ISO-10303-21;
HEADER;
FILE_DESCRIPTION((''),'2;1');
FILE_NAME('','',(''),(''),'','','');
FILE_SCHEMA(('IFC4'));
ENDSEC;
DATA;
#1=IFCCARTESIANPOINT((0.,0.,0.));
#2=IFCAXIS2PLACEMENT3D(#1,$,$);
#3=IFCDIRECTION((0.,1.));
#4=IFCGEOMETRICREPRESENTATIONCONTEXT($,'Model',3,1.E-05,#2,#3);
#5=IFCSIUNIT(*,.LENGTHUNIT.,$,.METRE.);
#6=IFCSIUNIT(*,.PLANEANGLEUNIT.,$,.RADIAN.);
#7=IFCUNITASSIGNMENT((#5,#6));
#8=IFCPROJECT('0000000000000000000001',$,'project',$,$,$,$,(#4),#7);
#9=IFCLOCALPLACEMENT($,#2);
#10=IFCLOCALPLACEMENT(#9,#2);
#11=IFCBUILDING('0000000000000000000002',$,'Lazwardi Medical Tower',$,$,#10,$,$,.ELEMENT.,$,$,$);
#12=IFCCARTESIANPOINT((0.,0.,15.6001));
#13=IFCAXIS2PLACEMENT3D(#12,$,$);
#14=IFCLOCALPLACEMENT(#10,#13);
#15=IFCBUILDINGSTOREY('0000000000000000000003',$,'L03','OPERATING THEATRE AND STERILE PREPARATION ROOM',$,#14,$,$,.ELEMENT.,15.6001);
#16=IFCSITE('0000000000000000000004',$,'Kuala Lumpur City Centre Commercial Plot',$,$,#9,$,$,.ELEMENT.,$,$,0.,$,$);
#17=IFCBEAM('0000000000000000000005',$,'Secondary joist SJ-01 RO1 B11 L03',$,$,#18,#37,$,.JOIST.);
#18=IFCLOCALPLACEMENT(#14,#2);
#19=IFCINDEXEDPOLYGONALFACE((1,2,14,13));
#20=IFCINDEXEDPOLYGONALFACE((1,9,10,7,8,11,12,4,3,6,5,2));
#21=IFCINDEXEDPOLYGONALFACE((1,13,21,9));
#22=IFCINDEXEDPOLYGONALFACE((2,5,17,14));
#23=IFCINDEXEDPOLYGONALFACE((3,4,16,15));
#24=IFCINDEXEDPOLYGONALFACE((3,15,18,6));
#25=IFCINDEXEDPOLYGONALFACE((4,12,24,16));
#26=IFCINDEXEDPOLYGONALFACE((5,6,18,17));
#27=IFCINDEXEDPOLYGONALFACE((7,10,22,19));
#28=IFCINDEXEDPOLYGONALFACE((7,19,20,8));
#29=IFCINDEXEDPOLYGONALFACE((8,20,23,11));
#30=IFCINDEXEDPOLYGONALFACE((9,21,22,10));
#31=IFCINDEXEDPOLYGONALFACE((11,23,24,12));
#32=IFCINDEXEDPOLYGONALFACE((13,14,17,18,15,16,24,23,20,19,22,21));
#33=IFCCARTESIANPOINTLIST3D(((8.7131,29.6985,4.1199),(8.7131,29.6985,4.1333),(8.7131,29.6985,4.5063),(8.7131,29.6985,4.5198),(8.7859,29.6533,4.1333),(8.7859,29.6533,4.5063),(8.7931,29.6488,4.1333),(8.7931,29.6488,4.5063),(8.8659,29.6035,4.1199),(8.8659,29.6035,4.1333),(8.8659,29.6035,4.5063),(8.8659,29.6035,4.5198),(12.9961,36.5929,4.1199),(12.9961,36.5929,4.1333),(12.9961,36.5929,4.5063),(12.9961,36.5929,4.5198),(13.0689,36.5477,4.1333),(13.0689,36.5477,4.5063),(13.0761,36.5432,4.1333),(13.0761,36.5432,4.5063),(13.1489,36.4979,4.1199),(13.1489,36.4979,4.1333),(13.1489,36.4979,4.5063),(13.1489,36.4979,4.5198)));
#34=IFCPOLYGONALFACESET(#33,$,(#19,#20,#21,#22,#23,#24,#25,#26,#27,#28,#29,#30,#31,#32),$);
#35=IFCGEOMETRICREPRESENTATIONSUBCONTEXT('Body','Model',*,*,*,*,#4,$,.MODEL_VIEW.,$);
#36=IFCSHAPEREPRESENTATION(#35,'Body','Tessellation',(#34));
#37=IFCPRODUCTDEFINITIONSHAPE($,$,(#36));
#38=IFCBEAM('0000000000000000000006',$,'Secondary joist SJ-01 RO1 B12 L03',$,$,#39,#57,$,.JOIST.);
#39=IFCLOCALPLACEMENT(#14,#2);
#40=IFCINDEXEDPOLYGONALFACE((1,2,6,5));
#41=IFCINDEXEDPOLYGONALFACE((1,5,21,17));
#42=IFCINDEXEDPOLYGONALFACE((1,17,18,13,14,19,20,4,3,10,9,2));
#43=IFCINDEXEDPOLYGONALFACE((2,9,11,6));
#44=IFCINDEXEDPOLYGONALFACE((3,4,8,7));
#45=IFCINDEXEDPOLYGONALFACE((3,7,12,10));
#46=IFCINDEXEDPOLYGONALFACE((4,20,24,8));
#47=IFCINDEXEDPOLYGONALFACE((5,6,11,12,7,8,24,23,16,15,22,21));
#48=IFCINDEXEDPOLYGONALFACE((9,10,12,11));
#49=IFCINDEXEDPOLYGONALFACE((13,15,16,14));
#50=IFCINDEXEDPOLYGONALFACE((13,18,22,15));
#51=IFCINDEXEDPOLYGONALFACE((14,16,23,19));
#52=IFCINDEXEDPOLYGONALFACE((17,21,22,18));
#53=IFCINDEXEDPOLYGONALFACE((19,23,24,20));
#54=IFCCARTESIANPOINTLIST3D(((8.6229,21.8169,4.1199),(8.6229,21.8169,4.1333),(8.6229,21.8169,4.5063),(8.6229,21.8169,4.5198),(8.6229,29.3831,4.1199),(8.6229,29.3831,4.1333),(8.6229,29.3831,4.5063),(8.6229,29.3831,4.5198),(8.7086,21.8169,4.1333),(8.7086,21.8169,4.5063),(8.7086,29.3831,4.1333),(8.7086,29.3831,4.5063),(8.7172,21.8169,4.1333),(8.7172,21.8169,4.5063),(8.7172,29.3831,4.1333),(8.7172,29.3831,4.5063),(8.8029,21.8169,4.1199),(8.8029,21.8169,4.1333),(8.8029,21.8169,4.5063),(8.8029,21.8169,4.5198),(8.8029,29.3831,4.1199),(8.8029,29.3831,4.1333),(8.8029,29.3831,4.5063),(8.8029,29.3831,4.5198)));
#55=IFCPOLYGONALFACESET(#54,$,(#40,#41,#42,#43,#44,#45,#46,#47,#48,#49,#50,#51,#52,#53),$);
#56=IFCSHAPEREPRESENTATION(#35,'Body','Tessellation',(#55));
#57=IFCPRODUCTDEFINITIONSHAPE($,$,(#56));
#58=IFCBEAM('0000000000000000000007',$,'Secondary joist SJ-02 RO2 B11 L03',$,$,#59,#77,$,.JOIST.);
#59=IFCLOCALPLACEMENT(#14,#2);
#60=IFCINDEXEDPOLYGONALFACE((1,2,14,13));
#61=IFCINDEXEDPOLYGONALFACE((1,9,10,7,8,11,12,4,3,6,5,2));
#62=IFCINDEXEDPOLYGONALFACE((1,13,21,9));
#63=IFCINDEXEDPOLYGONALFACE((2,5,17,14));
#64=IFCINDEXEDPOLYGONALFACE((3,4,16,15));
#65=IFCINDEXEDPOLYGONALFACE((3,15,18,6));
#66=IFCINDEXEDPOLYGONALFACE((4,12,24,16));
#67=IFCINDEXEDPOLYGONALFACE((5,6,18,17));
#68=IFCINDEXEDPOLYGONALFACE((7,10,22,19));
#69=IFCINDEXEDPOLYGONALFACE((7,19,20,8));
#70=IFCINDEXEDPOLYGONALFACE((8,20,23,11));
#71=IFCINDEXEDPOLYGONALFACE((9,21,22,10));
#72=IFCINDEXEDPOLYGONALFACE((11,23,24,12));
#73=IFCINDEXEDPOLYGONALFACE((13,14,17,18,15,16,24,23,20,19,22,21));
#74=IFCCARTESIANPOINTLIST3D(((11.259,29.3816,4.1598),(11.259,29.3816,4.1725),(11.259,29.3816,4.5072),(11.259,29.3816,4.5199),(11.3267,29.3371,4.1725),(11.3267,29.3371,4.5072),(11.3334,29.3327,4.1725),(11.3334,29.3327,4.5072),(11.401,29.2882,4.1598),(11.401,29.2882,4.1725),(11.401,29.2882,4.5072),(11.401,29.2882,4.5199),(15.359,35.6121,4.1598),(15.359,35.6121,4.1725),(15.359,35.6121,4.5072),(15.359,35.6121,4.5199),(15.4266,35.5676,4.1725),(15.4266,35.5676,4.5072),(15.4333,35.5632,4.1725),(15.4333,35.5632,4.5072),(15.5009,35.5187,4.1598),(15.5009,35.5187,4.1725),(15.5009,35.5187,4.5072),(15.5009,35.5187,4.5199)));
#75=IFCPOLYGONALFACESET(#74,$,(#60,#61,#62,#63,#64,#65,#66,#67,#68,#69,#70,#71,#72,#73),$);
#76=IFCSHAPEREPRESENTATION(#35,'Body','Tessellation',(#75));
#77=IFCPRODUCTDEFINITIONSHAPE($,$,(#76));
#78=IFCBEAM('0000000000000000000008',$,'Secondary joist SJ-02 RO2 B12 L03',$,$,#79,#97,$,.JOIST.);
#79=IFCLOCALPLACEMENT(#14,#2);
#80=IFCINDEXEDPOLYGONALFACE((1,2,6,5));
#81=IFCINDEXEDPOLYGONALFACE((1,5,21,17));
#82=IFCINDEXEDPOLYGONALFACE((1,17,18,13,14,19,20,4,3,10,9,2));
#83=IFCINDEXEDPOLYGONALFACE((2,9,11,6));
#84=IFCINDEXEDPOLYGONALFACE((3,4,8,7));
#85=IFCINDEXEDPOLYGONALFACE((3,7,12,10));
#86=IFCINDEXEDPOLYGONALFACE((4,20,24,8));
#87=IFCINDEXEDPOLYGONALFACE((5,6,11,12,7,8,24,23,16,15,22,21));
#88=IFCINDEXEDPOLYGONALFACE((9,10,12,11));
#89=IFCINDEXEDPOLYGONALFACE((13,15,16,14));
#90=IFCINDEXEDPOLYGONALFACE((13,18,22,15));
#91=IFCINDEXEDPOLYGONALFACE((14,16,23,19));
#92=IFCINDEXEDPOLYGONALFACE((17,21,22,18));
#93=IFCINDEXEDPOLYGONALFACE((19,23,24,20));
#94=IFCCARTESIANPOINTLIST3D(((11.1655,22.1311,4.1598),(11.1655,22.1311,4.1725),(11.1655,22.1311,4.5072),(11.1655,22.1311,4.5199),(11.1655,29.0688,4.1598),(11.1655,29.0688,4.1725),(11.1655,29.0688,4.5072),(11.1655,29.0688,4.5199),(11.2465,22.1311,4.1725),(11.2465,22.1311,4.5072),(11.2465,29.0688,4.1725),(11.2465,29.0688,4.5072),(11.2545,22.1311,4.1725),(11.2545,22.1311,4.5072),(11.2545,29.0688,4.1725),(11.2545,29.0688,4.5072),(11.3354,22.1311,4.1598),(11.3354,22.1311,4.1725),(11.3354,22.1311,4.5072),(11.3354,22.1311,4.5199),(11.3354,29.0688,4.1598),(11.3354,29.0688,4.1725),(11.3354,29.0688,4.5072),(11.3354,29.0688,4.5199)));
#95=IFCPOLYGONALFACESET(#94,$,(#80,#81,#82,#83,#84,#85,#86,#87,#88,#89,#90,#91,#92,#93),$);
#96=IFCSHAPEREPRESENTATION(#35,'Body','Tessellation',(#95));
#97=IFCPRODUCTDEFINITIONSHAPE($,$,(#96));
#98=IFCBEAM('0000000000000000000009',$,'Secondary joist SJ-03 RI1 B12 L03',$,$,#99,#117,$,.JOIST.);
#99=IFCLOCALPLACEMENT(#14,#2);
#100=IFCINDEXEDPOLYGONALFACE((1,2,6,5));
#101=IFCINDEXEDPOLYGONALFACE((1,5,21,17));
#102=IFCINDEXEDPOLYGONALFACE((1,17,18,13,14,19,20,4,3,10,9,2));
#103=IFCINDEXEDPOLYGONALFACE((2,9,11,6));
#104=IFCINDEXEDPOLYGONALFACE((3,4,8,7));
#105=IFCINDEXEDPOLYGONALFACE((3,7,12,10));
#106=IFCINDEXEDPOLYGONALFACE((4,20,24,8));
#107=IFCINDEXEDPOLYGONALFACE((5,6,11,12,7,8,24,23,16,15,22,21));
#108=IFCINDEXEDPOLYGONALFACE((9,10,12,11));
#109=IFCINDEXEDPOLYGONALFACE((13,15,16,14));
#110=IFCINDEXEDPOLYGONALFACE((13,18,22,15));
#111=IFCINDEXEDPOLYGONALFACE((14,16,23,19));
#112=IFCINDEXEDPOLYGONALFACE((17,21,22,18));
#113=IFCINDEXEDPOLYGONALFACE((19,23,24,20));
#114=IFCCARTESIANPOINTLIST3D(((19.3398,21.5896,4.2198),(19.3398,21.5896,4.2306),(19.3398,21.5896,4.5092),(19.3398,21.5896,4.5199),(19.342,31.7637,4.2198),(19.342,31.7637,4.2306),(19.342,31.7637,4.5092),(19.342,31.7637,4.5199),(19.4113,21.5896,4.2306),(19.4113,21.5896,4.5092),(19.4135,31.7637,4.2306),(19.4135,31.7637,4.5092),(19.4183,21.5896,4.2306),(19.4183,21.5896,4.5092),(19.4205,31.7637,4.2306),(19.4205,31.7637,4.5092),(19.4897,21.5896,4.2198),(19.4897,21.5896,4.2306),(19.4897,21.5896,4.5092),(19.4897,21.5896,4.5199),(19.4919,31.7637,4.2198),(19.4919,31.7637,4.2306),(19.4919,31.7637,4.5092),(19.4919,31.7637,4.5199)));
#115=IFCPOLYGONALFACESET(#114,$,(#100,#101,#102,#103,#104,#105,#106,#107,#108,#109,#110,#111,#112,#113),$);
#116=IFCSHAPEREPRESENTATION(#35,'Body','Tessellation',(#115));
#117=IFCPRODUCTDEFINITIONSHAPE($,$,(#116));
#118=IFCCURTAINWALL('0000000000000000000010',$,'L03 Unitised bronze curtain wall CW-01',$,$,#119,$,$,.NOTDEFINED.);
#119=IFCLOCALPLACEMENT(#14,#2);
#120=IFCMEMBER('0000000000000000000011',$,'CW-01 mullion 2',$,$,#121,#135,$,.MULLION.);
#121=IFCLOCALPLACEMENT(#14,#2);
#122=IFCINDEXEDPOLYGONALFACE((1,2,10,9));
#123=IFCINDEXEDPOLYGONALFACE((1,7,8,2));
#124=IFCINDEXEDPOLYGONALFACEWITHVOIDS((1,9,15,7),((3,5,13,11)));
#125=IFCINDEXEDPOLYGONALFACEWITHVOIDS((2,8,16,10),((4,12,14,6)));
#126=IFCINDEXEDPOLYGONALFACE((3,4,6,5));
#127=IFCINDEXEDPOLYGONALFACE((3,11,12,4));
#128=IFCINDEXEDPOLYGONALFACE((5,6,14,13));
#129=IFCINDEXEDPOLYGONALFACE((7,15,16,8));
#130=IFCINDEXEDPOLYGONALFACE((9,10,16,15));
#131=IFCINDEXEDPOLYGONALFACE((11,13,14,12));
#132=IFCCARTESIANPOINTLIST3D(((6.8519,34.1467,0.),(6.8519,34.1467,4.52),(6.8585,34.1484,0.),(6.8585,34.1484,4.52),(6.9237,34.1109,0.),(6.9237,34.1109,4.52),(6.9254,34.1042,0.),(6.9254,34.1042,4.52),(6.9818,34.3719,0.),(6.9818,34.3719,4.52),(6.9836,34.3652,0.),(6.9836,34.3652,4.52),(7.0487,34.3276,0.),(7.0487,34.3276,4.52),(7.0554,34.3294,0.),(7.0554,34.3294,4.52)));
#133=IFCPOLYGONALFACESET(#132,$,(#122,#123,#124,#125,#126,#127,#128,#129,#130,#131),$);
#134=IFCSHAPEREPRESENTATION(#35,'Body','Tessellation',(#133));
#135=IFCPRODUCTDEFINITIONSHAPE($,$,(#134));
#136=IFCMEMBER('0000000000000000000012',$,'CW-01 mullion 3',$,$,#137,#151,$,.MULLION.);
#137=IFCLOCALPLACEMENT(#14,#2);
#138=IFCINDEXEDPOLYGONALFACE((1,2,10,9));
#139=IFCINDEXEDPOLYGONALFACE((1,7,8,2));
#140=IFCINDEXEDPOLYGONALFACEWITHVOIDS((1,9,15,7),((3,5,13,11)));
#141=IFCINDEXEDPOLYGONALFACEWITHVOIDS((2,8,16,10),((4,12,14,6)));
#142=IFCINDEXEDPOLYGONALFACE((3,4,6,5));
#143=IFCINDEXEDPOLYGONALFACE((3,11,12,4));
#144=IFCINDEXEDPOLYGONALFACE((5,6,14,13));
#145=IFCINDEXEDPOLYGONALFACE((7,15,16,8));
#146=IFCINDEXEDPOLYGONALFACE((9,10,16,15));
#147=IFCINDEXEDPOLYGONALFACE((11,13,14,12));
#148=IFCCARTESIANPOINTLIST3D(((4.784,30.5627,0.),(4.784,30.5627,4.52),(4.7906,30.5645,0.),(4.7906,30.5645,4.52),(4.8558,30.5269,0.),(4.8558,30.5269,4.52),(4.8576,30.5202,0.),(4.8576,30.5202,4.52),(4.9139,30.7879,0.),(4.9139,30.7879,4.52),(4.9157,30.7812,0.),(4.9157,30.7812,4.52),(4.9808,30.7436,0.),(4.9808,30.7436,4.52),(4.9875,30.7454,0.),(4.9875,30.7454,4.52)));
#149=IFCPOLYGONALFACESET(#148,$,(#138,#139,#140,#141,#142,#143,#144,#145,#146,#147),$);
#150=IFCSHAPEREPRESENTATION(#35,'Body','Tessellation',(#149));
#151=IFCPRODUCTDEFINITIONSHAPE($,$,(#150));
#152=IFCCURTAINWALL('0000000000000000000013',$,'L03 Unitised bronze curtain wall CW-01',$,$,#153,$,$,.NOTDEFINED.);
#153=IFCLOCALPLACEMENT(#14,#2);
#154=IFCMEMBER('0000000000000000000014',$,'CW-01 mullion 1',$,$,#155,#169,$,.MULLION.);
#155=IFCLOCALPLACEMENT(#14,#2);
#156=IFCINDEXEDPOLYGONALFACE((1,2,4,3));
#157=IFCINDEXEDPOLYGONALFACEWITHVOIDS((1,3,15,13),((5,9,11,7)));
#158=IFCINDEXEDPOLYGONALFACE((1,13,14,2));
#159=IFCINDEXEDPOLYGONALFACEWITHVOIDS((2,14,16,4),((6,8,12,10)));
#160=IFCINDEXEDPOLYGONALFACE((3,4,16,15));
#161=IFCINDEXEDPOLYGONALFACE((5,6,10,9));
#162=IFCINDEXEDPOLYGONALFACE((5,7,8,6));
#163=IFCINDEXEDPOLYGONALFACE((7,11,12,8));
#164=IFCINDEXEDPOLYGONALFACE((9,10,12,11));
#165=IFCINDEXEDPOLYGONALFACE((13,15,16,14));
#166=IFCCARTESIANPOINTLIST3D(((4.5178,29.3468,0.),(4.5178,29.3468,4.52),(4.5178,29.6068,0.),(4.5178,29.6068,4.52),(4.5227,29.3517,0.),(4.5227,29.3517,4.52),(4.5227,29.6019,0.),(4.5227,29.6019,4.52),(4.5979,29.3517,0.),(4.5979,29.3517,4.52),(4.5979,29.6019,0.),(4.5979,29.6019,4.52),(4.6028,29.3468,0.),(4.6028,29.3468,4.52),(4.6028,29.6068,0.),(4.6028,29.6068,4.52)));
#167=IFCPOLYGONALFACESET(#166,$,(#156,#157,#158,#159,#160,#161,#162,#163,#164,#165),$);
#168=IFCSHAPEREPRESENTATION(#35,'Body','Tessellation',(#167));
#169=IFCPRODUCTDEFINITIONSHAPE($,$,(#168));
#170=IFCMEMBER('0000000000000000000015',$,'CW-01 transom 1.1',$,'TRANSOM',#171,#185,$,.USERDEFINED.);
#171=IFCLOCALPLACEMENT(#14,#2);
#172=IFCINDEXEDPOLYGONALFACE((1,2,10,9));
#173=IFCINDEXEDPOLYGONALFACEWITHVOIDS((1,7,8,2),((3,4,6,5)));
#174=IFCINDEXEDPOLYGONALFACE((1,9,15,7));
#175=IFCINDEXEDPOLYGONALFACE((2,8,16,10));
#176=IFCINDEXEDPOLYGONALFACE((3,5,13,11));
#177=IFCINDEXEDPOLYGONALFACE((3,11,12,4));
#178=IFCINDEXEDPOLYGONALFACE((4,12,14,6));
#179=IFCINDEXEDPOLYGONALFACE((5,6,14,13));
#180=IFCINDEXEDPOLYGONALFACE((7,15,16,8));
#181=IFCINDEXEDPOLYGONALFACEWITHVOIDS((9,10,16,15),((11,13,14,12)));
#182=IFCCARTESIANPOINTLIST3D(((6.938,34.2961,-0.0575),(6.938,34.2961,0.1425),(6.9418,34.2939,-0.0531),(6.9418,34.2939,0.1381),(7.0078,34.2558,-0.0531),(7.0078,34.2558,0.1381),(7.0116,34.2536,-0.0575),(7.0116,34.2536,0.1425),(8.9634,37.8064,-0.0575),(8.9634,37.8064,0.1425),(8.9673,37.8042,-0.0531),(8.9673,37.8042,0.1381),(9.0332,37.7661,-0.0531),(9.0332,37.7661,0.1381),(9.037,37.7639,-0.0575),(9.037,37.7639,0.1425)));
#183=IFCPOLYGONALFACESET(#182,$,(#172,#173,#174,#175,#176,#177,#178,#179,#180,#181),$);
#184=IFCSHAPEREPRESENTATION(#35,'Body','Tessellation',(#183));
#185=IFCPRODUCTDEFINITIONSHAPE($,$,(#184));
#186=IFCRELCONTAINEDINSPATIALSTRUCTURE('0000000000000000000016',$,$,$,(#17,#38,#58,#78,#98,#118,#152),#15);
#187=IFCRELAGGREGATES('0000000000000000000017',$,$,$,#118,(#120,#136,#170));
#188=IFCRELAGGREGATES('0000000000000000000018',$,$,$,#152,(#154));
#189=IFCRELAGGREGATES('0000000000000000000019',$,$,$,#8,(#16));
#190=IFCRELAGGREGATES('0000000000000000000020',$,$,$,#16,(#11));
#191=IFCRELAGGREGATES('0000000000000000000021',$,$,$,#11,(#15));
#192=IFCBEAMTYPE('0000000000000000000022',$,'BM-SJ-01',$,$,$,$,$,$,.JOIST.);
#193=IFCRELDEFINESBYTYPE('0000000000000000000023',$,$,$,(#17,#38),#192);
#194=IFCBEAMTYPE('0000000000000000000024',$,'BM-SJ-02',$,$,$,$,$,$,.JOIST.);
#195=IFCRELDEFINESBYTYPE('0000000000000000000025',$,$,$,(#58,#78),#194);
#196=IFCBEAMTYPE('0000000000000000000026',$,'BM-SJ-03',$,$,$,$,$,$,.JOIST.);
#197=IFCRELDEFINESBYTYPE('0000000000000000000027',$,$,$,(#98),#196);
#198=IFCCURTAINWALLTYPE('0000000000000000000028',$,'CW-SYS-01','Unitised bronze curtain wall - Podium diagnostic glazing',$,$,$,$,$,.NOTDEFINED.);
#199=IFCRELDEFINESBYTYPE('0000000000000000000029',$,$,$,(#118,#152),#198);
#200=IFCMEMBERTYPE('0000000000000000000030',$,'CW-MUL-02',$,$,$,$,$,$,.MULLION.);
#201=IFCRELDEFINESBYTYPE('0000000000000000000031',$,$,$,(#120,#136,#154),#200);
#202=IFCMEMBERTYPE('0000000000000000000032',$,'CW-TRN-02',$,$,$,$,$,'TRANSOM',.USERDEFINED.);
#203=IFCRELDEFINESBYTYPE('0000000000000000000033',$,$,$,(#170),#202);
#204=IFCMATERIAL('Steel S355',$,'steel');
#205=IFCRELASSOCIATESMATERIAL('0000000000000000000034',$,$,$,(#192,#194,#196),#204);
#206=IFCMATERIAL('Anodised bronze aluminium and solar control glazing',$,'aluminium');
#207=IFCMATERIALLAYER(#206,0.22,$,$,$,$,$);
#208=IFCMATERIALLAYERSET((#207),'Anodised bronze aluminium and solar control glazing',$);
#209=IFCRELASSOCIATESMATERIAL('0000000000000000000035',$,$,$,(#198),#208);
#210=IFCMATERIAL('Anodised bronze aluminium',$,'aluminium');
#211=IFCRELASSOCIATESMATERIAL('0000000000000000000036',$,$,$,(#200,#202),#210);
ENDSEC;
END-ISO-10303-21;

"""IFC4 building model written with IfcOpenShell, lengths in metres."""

from ifc_helpers import new_model, si_unit, direction, frame, origin, origin_2d, place, context, subcontext, project, spatial, hollow_rectangle, i_section, extrude, material, layer, layer_set, material_profile, profile_set, type_object, element, aggregate, save


model = new_model("IFC4")

# Units and contexts
model_context = context("Model", 3, precision=1e-05, world=origin(), true_north=direction((0.0, 1.0)))
body_context = subcontext(model_context, "Body", "Model", "MODEL_VIEW")
ifc_project = project(units=[si_unit("LENGTHUNIT", "METRE"), si_unit("PLANEANGLEUNIT", "RADIAN")], contexts=[model_context])

# Site, building, storey
site_placement = place(None, origin())
site = spatial("IfcSite", under=ifc_project, at=site_placement, Name="Kuala Lumpur City Centre Commercial Plot", CompositionType="ELEMENT", RefElevation=0.0)
building_placement = place(site_placement, origin())
building = spatial("IfcBuilding", under=site, at=building_placement, Name="Lazwardi Medical Tower", CompositionType="ELEMENT")
storey_placement = place(building_placement, frame((0.0, 0.0, 15.6001)))
storey = spatial("IfcBuildingStorey", under=building, at=storey_placement, Name="L03", Description="OPERATING THEATRE AND STERILE PREPARATION ROOM", CompositionType="ELEMENT", Elevation=15.6001)

# Beams
ifc_material_1 = material(Name="Steel S355", Category="steel")
ifc_material_profile_1 = material_profile(ifc_material_1, i_section(OverallWidth=0.1799, OverallDepth=0.3999, WebThickness=0.0085, FlangeThickness=0.0134, at=origin_2d()), Name="IPE 400")
ifc_profile_set_1 = profile_set([ifc_material_profile_1], Name="Steel S355")
beam_type_1 = type_object("IfcBeamType", Name="BM-SJ-01", PredefinedType="JOIST", material=ifc_profile_set_1)
beam_1_placement = place(storey_placement, frame((13.0725, 36.5454, 4.3198), z_axis=(-0.527696, -0.849433, 0.0), x_axis=(0.849433, -0.527696, 0.0)))
element("IfcBeam", 1, at=beam_1_placement, inside=storey, type_object=beam_type_1, Name="Secondary joist SJ-01 RO1 B11 L03", PredefinedType="JOIST", context=body_context, shape_type="SweptSolid", body=[
    extrude(i_section(OverallWidth=0.1799, OverallDepth=0.3999, WebThickness=0.0085, FlangeThickness=0.0134, at=origin_2d()), origin(), (0.0, 0.0, 1.0), 8.1165),
])
beam_2_placement = place(storey_placement, frame((8.7129, 29.3831, 4.3198), z_axis=(0.0, -1.0, 0.0), x_axis=(1.0, 0.0, 0.0)))
element("IfcBeam", 2, at=beam_2_placement, inside=storey, type_object=beam_type_1, Name="Secondary joist SJ-01 RO1 B12 L03", PredefinedType="JOIST", context=body_context, shape_type="SweptSolid", body=[
    extrude(i_section(OverallWidth=0.1799, OverallDepth=0.3999, WebThickness=0.0085, FlangeThickness=0.0134, at=origin_2d()), origin(), (0.0, 0.0, 1.0), 7.5662),
])
ifc_material_profile_2 = material_profile(ifc_material_1, i_section(OverallWidth=0.1699, OverallDepth=0.3601, WebThickness=0.0081, FlangeThickness=0.0127, at=origin_2d()), Name="IPE 360")
ifc_profile_set_2 = profile_set([ifc_material_profile_2], Name="Steel S355")
beam_type_2 = type_object("IfcBeamType", Name="BM-SJ-02", PredefinedType="JOIST", material=ifc_profile_set_2)
beam_3_placement = place(storey_placement, frame((15.4299, 35.5654, 4.3398), z_axis=(-0.549697, -0.835364, 0.0), x_axis=(0.835364, -0.549697, 0.0)))
element("IfcBeam", 3, at=beam_3_placement, inside=storey, type_object=beam_type_2, Name="Secondary joist SJ-02 RO2 B11 L03", PredefinedType="JOIST", context=body_context, shape_type="SweptSolid", body=[
    extrude(i_section(OverallWidth=0.1699, OverallDepth=0.3601, WebThickness=0.0081, FlangeThickness=0.0127, at=origin_2d()), origin(), (0.0, 0.0, 1.0), 7.4585),
])
beam_4_placement = place(storey_placement, frame((11.2505, 29.0688, 4.3398), z_axis=(0.0, -1.0, 0.0), x_axis=(1.0, 0.0, 0.0)))
element("IfcBeam", 4, at=beam_4_placement, inside=storey, type_object=beam_type_2, Name="Secondary joist SJ-02 RO2 B12 L03", PredefinedType="JOIST", context=body_context, shape_type="SweptSolid", body=[
    extrude(i_section(OverallWidth=0.1699, OverallDepth=0.3601, WebThickness=0.0081, FlangeThickness=0.0127, at=origin_2d()), origin(), (0.0, 0.0, 1.0), 6.9377),
])
ifc_material_profile_3 = material_profile(ifc_material_1, i_section(OverallWidth=0.1499, OverallDepth=0.3, WebThickness=0.0071, FlangeThickness=0.0107, at=origin_2d()), Name="IPE 300")
ifc_profile_set_3 = profile_set([ifc_material_profile_3], Name="Steel S355")
beam_type_3 = type_object("IfcBeamType", Name="BM-SJ-03", PredefinedType="JOIST", material=ifc_profile_set_3)
beam_5_placement = place(storey_placement, frame((19.417, 31.7637, 4.3699), z_axis=(-0.000216, -1.0, 0.0), x_axis=(1.0, -0.000216, 0.0)))
element("IfcBeam", 5, at=beam_5_placement, inside=storey, type_object=beam_type_3, Name="Secondary joist SJ-03 RI1 B12 L03", PredefinedType="JOIST", context=body_context, shape_type="SweptSolid", body=[
    extrude(i_section(OverallWidth=0.1499, OverallDepth=0.3, WebThickness=0.0071, FlangeThickness=0.0107, at=origin_2d()), origin(), (0.0, 0.0, 1.0), 10.1741),
])

# Curtain wall, members
ifc_material_2 = material(Name="Anodised bronze aluminium and solar control glazing", Category="aluminium")
ifc_layer_1 = layer(ifc_material_2, 0.22)
ifc_layer_set_1 = layer_set([ifc_layer_1], Name="Anodised bronze aluminium and solar control glazing")
curtain_wall_type = type_object("IfcCurtainWallType", Name="CW-SYS-01", Description="Unitised bronze curtain wall - Podium diagnostic glazing", PredefinedType="NOTDEFINED", material=ifc_layer_set_1)
curtain_wall_1_placement = place(storey_placement, origin())
curtain_wall_1 = element("IfcCurtainWall", 6, at=curtain_wall_1_placement, inside=storey, type_object=curtain_wall_type, Name="L03 Unitised bronze curtain wall CW-01", PredefinedType="NOTDEFINED")
ifc_material_3 = material(Name="Anodised bronze aluminium", Category="aluminium")
ifc_material_profile_4 = material_profile(ifc_material_3, hollow_rectangle(XDim=0.085, YDim=0.26, WallThickness=0.0049, at=origin_2d()), Name="ALU-MULLION 260x85x5")
ifc_profile_set_4 = profile_set([ifc_material_profile_4], Name="Anodised bronze aluminium")
member_type_1 = type_object("IfcMemberType", Name="CW-MUL-02", PredefinedType="MULLION", material=ifc_profile_set_4)
member_1_placement = place(storey_placement, frame((6.9536, 34.238, 0.0), z_axis=(0.0, 0.0, 1.0), x_axis=(0.866181, -0.499731, 0.0)))
member_1 = element("IfcMember", 7, at=member_1_placement, type_object=member_type_1, Name="CW-01 mullion 2", PredefinedType="MULLION", context=body_context, shape_type="SweptSolid", body=[
    extrude(hollow_rectangle(XDim=0.085, YDim=0.26, WallThickness=0.0049, at=origin_2d()), origin(), (0.0, 0.0, 1.0), 4.52),
])
member_2_placement = place(storey_placement, frame((4.8857, 30.6541, 0.0), z_axis=(0.0, 0.0, 1.0), x_axis=(0.866181, -0.499731, 0.0)))
member_2 = element("IfcMember", 8, at=member_2_placement, type_object=member_type_1, Name="CW-01 mullion 3", PredefinedType="MULLION", context=body_context, shape_type="SweptSolid", body=[
    extrude(hollow_rectangle(XDim=0.085, YDim=0.26, WallThickness=0.0049, at=origin_2d()), origin(), (0.0, 0.0, 1.0), 4.52),
])

# Curtain wall, member
curtain_wall_2_placement = place(storey_placement, origin())
curtain_wall_2 = element("IfcCurtainWall", 9, at=curtain_wall_2_placement, inside=storey, type_object=curtain_wall_type, Name="L03 Unitised bronze curtain wall CW-01", PredefinedType="NOTDEFINED")
member_3_placement = place(storey_placement, frame((4.5603, 29.4768, 0.0), z_axis=(0.0, 0.0, 1.0), x_axis=(1.0, 0.0, 0.0)))
member_3 = element("IfcMember", 10, at=member_3_placement, type_object=member_type_1, Name="CW-01 mullion 1", PredefinedType="MULLION", context=body_context, shape_type="SweptSolid", body=[
    extrude(hollow_rectangle(XDim=0.085, YDim=0.26, WallThickness=0.0049, at=origin_2d()), origin(), (0.0, 0.0, 1.0), 4.52),
])

# Member
ifc_material_profile_5 = material_profile(ifc_material_3, hollow_rectangle(XDim=0.085, YDim=0.2, WallThickness=0.0044, at=origin_2d()), Name="ALU-TRANSOM 200x85x4.5")
ifc_profile_set_5 = profile_set([ifc_material_profile_5], Name="Anodised bronze aluminium")
member_type_2 = type_object("IfcMemberType", Name="CW-TRN-02", ElementType="TRANSOM", PredefinedType="USERDEFINED", material=ifc_profile_set_5)
member_4_placement = place(storey_placement, frame((9.0002, 37.7852, 0.0425), z_axis=(-0.499768, -0.86616, 0.0), x_axis=(0.86616, -0.499768, 0.0)))
member_4 = element("IfcMember", 11, at=member_4_placement, type_object=member_type_2, Name="CW-01 transom 1.1", ObjectType="TRANSOM", PredefinedType="USERDEFINED", context=body_context, shape_type="SweptSolid", body=[
    extrude(hollow_rectangle(XDim=0.085, YDim=0.2, WallThickness=0.0044, at=origin_2d()), origin(), (0.0, 0.0, 1.0), 4.0527),
])

aggregate(curtain_wall_1, [member_1, member_2, member_4])
aggregate(curtain_wall_2, [member_3])

save(model, "model.ifc")
